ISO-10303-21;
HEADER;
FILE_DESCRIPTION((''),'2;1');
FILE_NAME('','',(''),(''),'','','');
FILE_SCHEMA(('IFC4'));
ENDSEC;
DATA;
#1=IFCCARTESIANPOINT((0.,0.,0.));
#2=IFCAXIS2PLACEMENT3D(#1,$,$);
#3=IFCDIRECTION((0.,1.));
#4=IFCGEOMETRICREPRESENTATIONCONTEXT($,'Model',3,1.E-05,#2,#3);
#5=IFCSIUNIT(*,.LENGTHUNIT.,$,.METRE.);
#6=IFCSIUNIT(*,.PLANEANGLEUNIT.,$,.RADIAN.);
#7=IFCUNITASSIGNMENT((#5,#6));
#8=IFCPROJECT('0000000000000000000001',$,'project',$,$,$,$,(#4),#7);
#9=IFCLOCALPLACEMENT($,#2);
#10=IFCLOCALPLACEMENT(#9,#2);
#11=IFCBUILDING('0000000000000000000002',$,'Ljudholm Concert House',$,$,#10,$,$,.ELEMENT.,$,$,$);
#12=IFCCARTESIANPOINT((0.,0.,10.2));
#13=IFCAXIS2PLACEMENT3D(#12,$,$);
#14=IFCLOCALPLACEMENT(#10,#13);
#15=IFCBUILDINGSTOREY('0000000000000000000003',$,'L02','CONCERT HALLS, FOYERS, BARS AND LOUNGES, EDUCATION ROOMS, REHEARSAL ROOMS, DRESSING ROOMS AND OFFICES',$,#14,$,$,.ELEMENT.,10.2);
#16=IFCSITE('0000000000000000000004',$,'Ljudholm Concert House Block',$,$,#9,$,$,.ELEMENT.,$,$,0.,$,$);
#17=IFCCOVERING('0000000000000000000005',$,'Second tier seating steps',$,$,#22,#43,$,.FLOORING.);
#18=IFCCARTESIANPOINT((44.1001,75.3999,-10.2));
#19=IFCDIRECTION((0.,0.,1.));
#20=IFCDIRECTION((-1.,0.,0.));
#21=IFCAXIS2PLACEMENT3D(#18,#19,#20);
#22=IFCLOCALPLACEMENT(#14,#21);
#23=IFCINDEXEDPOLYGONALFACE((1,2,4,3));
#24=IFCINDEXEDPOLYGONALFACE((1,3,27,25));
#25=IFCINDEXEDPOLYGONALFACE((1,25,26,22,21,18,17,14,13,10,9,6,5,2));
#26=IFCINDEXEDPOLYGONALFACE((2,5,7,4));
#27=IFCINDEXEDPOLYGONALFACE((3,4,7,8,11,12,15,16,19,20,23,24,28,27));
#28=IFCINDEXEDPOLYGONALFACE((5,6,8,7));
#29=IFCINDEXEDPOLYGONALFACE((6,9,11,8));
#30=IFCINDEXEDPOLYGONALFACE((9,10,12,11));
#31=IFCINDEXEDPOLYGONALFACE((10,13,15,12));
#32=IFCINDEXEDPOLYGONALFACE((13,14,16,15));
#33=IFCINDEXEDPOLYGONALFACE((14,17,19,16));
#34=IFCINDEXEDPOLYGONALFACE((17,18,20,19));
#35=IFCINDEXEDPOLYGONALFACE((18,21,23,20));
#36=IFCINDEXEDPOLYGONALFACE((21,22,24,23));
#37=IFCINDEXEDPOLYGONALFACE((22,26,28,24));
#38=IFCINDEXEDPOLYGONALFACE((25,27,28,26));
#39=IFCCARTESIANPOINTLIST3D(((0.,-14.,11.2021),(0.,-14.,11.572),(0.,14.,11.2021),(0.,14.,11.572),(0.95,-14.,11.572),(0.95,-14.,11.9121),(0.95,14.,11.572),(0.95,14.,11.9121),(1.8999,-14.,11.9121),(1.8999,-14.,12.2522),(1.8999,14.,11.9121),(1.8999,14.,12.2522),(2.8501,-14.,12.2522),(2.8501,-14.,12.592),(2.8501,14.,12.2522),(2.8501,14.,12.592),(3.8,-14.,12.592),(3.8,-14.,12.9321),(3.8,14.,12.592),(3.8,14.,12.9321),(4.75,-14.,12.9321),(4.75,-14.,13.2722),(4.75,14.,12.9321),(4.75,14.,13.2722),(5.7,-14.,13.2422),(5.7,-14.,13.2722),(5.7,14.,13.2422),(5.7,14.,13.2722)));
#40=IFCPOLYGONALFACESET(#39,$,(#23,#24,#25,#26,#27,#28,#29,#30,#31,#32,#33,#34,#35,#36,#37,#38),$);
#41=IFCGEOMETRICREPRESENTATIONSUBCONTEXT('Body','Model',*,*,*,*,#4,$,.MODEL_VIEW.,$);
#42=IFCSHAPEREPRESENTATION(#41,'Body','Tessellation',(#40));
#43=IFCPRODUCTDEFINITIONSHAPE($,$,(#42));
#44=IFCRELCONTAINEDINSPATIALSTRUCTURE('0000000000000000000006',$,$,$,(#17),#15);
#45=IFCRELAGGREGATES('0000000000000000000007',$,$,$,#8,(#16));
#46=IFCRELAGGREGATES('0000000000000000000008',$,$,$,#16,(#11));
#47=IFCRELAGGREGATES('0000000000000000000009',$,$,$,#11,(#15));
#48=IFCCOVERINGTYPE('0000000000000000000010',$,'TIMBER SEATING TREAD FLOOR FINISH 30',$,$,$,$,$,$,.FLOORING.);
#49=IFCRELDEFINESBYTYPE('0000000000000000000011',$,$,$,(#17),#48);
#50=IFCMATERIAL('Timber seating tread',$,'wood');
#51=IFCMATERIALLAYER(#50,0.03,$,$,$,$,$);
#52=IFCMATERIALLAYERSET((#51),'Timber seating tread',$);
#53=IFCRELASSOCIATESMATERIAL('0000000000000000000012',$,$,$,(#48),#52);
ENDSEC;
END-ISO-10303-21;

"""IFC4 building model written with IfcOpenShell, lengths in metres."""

from ifc_helpers import new_model, si_unit, direction, frame, origin, place, context, subcontext, project, spatial, polyline, outline, extrude, material, layer, layer_set, type_object, element, save


model = new_model("IFC4")

# Units and contexts
model_context = context("Model", 3, precision=1e-05, world=origin(), true_north=direction((0.0, 1.0)))
body_context = subcontext(model_context, "Body", "Model", "MODEL_VIEW")
ifc_project = project(units=[si_unit("LENGTHUNIT", "METRE"), si_unit("PLANEANGLEUNIT", "RADIAN")], contexts=[model_context])

# Site, building, storey
site_placement = place(None, origin())
site = spatial("IfcSite", under=ifc_project, at=site_placement, Name="Ljudholm Concert House Block", CompositionType="ELEMENT", RefElevation=0.0)
building_placement = place(site_placement, origin())
building = spatial("IfcBuilding", under=site, at=building_placement, Name="Ljudholm Concert House", CompositionType="ELEMENT")
storey_placement = place(building_placement, frame((0.0, 0.0, 10.2)))
storey = spatial("IfcBuildingStorey", under=building, at=storey_placement, Name="L02", Description="CONCERT HALLS, FOYERS, BARS AND LOUNGES, EDUCATION ROOMS, REHEARSAL ROOMS, DRESSING ROOMS AND OFFICES", CompositionType="ELEMENT", Elevation=10.2)

# Covering
ifc_material_1 = material(Name="Timber seating tread", Category="wood")
ifc_layer_1 = layer(ifc_material_1, 0.03)
ifc_layer_set_1 = layer_set([ifc_layer_1], Name="Timber seating tread")
covering_type = type_object("IfcCoveringType", Name="TIMBER SEATING TREAD FLOOR FINISH 30", PredefinedType="FLOORING", material=ifc_layer_set_1)
covering_placement = place(storey_placement, frame((44.1001, 75.3999, -10.2), z_axis=(0.0, 0.0, 1.0), x_axis=(-1.0, 0.0, 0.0)))
element("IfcCovering", 1, at=covering_placement, inside=storey, type_object=covering_type, Name="Second tier seating steps", PredefinedType="FLOORING", context=body_context, shape_type="SweptSolid", body=[
    extrude(outline(polyline([(0.0, 11.2021), (5.7, 13.2422), (5.7, 13.2722), (4.75, 13.2722), (4.75, 12.9321), (3.8, 12.9321), (3.8, 12.592), (2.8501, 12.592), (2.8501, 12.2522), (1.8999, 12.2522), (1.8999, 11.9121), (0.95, 11.9121), (0.95, 11.572), (0.0, 11.572), (0.0, 11.2021)])), frame((0.0, 14.0, 0.0), z_axis=(0.0, -1.0, 0.0), x_axis=(1.0, 0.0, 0.0)), (0.0, 0.0, 1.0), 28.0),
])

save(model, "model.ifc")
